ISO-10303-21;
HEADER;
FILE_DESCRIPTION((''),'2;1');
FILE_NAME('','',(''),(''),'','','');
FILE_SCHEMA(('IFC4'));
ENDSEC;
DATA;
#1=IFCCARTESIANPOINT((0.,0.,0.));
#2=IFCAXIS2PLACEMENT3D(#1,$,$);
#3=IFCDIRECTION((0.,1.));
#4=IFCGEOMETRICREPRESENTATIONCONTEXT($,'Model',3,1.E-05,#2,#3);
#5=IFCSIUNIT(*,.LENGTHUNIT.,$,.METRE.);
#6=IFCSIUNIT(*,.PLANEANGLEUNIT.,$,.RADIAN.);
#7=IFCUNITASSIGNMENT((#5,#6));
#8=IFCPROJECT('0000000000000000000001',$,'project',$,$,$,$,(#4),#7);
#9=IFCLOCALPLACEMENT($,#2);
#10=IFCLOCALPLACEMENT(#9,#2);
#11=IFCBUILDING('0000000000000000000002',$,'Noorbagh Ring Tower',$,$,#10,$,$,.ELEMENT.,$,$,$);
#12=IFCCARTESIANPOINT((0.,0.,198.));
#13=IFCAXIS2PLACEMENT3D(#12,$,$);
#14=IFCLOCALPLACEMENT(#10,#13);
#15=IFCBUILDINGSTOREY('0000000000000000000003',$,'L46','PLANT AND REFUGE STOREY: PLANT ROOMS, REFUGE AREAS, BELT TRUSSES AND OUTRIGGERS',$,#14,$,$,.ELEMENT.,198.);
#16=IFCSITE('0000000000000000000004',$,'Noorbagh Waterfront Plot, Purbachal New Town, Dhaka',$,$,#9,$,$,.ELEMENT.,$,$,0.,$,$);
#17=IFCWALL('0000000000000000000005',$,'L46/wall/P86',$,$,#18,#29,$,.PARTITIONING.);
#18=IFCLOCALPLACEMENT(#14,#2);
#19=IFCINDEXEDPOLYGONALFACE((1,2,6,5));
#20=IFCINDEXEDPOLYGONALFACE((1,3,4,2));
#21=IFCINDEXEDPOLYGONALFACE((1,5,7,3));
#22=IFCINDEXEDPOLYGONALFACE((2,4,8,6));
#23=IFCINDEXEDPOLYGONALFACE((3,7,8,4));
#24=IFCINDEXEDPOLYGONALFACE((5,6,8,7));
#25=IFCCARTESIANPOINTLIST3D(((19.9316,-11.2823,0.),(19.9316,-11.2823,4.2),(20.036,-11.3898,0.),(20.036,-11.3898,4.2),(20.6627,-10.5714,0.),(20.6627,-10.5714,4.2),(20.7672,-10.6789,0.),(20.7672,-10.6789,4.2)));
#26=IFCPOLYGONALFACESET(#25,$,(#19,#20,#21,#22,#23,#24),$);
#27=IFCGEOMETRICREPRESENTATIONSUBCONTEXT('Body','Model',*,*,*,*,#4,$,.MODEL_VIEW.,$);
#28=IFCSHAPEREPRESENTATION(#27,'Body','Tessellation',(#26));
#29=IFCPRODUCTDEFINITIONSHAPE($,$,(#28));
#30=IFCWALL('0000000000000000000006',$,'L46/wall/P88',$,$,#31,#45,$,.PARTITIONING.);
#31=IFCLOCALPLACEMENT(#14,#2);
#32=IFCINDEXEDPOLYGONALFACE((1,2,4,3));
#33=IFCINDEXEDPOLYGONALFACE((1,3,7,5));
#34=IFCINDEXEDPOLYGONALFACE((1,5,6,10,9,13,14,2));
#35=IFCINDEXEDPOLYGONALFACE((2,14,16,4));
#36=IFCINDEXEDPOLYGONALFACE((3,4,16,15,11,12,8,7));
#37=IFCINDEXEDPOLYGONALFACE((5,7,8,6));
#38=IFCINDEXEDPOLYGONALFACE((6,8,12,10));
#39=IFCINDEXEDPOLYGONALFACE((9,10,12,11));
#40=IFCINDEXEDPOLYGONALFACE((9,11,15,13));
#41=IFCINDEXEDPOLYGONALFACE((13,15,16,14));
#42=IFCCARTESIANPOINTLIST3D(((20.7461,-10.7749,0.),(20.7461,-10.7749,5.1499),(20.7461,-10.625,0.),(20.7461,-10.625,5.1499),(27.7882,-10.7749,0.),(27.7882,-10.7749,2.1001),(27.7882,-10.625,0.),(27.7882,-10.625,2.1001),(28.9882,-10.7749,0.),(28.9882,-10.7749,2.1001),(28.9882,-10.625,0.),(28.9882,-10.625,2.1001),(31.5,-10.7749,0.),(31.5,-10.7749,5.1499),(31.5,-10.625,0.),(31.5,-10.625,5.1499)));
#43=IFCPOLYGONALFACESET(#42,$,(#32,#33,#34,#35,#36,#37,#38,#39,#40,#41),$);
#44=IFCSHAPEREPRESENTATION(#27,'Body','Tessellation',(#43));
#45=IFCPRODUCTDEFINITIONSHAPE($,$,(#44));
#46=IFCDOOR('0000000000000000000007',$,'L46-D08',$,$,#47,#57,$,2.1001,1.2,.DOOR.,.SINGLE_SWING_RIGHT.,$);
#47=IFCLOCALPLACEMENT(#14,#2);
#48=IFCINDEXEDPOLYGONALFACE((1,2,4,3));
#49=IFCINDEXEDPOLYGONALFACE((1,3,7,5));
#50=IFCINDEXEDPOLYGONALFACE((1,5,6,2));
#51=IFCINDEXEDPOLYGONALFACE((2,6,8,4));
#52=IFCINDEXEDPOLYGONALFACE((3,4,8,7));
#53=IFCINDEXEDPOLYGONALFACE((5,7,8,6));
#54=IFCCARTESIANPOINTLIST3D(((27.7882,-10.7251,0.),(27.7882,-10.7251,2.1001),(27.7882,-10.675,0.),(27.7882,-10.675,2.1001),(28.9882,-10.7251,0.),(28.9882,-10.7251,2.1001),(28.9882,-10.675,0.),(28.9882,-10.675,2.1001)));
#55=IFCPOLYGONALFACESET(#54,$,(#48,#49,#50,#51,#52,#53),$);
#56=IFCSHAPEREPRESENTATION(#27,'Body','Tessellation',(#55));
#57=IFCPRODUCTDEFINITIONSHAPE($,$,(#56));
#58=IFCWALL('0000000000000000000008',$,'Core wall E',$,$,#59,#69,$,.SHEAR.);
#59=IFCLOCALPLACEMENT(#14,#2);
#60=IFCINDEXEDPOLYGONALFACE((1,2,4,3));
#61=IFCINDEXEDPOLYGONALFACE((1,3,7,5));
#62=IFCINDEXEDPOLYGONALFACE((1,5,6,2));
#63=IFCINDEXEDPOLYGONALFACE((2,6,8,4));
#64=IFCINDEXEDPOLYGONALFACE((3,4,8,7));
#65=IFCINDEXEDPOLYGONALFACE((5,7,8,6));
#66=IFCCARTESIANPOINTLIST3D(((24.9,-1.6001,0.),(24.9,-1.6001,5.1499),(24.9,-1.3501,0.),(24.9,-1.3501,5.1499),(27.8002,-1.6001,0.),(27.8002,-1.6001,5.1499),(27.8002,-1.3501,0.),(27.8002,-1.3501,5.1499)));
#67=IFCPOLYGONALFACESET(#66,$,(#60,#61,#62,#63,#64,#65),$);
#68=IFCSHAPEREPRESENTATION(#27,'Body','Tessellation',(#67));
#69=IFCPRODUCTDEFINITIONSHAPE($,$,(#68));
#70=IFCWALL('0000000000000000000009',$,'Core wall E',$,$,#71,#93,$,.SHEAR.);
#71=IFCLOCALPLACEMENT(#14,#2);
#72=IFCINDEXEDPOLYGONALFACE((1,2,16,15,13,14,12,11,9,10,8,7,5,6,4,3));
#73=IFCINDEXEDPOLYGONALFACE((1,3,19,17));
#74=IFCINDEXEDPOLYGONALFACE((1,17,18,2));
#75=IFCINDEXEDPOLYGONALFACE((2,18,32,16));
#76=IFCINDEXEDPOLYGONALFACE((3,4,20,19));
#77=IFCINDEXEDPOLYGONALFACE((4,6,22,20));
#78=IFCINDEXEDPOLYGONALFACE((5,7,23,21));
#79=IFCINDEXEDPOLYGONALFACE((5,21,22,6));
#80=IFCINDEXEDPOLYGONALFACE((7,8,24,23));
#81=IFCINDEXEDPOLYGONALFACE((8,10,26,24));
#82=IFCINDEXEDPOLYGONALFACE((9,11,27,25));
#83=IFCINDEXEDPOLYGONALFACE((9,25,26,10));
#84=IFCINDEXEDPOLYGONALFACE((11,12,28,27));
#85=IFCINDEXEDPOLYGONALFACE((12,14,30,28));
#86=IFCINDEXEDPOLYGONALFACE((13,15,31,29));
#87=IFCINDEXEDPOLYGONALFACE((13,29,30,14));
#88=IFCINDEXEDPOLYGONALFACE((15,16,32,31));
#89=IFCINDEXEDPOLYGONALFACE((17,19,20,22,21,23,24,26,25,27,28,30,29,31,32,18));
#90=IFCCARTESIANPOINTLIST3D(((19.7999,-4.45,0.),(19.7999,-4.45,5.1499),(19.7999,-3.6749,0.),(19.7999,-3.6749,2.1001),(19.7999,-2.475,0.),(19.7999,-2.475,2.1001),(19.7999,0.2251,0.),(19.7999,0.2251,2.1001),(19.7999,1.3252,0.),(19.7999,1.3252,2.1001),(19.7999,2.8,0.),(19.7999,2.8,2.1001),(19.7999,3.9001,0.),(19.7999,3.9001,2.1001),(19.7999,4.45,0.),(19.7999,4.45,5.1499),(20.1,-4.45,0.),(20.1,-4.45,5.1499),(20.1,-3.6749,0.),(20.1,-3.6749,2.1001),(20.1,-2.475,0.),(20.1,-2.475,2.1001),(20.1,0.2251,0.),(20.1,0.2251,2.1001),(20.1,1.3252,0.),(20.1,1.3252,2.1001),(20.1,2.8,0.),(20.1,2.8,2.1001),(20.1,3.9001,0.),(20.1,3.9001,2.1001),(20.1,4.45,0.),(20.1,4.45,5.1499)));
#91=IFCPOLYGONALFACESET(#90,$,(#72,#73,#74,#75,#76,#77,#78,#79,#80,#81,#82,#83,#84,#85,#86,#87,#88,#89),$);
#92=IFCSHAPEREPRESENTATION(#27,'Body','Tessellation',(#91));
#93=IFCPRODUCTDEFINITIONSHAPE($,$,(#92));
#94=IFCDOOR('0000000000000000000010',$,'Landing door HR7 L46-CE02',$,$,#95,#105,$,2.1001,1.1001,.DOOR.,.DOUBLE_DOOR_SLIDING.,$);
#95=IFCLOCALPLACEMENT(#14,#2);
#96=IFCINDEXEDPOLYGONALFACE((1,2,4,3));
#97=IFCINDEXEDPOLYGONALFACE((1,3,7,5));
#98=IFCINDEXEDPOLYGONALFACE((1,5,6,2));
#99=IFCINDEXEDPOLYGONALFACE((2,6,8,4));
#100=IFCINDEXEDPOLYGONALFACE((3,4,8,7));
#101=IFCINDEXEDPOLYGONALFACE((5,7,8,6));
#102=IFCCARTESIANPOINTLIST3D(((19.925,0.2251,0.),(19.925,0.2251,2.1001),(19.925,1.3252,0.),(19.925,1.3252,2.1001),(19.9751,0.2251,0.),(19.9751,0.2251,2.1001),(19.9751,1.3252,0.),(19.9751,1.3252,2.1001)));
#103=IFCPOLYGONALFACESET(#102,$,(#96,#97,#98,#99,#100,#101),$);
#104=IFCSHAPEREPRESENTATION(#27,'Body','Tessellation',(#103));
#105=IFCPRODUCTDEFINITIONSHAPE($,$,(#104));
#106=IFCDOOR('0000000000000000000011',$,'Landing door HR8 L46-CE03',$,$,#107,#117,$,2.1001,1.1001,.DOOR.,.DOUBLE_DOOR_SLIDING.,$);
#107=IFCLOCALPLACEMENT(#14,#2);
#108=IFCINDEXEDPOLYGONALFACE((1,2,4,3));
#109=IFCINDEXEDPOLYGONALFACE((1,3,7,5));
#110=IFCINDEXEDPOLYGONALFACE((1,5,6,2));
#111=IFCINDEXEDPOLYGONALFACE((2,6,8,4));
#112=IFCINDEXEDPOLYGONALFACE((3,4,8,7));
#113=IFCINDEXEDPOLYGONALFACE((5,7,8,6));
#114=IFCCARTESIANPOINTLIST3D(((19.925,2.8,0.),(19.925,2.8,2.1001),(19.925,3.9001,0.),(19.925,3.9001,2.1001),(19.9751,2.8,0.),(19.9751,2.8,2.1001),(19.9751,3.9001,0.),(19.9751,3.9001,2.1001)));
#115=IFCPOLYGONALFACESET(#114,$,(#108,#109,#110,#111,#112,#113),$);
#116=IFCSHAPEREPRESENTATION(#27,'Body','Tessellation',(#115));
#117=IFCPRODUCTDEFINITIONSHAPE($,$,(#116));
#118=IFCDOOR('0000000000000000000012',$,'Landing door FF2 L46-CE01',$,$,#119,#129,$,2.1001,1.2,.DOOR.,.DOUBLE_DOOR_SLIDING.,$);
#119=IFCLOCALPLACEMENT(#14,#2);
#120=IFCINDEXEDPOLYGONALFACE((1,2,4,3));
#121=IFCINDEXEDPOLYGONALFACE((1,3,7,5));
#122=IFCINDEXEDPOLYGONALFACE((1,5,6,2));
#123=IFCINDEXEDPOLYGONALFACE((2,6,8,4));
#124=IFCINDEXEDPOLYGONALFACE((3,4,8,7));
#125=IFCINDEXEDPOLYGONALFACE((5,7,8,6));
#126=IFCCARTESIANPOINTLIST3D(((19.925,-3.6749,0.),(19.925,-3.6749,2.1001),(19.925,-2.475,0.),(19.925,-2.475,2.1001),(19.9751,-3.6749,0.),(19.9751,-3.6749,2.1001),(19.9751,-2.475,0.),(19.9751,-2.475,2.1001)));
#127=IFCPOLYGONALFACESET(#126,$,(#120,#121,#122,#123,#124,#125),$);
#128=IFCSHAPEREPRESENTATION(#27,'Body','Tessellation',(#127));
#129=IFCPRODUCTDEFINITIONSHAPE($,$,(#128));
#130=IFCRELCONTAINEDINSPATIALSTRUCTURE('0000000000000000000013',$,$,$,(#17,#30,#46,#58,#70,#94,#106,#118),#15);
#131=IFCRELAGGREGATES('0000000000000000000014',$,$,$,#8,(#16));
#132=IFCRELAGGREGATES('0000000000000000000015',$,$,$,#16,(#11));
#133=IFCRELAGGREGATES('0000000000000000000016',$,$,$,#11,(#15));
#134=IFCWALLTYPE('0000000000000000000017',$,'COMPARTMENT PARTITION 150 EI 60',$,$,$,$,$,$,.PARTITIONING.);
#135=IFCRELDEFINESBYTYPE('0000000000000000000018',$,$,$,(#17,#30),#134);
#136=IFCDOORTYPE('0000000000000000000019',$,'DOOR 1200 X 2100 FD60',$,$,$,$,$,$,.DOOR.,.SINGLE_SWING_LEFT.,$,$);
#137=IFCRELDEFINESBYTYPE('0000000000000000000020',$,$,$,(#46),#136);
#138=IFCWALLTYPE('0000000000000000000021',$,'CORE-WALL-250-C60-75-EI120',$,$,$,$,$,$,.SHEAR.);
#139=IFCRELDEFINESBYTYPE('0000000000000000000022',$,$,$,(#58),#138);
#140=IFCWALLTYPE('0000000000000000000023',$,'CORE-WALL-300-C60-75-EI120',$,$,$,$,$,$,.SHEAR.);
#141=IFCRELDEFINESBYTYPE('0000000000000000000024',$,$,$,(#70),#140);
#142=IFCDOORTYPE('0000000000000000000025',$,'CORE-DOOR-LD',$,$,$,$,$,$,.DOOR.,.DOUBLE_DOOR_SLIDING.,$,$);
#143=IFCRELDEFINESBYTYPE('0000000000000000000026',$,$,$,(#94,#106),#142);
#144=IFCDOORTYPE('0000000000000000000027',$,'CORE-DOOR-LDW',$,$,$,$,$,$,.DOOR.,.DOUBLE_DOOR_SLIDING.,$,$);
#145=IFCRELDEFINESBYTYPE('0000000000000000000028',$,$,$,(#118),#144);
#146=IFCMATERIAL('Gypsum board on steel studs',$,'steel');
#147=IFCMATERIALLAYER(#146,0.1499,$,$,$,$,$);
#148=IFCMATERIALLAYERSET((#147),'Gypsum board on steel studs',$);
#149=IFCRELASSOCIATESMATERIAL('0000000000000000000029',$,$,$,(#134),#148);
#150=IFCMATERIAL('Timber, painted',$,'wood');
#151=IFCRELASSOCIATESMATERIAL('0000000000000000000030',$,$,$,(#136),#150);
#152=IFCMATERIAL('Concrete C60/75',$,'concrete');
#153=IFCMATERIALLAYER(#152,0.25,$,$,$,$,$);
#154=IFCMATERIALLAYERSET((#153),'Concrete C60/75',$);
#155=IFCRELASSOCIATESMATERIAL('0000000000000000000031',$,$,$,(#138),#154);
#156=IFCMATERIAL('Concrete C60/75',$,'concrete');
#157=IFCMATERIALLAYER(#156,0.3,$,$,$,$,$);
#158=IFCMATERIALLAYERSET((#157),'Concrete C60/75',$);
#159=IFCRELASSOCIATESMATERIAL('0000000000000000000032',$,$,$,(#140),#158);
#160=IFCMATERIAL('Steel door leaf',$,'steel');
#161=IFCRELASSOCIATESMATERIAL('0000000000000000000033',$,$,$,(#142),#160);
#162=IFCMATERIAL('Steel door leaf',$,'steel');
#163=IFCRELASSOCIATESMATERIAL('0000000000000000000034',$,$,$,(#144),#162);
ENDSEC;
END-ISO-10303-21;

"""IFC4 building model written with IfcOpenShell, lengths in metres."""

from ifc_helpers import new_model, si_unit, direction, frame, frame_2d, origin, place, context, subcontext, project, spatial, rectangle, extrude, material, layer, layer_set, type_object, element, fill, save


model = new_model("IFC4")

# Units and contexts
model_context = context("Model", 3, precision=1e-05, world=origin(), true_north=direction((0.0, 1.0)))
body_context = subcontext(model_context, "Body", "Model", "MODEL_VIEW")
ifc_project = project(units=[si_unit("LENGTHUNIT", "METRE"), si_unit("PLANEANGLEUNIT", "RADIAN")], contexts=[model_context])

# Site, building, storey
site_placement = place(None, origin())
site = spatial("IfcSite", under=ifc_project, at=site_placement, Name="Noorbagh Waterfront Plot, Purbachal New Town, Dhaka", CompositionType="ELEMENT", RefElevation=0.0)
building_placement = place(site_placement, origin())
building = spatial("IfcBuilding", under=site, at=building_placement, Name="Noorbagh Ring Tower", CompositionType="ELEMENT")
storey_placement = place(building_placement, frame((0.0, 0.0, 198.0)))
storey = spatial("IfcBuildingStorey", under=building, at=storey_placement, Name="L46", Description="PLANT AND REFUGE STOREY: PLANT ROOMS, REFUGE AREAS, BELT TRUSSES AND OUTRIGGERS", CompositionType="ELEMENT", Elevation=198.0)

# Wall
ifc_material_1 = material(Name="Gypsum board on steel studs", Category="steel")
ifc_layer_1 = layer(ifc_material_1, 0.1499)
ifc_layer_set_1 = layer_set([ifc_layer_1], Name="Gypsum board on steel studs")
wall_type_1 = type_object("IfcWallType", Name="COMPARTMENT PARTITION 150 EI 60", PredefinedType="PARTITIONING", material=ifc_layer_set_1)
wall_1_placement = place(storey_placement, frame((19.9839, -11.3359, 0.0), z_axis=(0.0, 0.0, 1.0), x_axis=(0.716972, 0.697102, 0.0)))
element("IfcWall", 1, at=wall_1_placement, inside=storey, type_object=wall_type_1, Name="L46/wall/P86", PredefinedType="PARTITIONING", context=body_context, shape_type="SweptSolid", body=[
    extrude(rectangle(XDim=1.0198, YDim=0.1499, at=frame_2d((0.5098, 0.0))), origin(), (0.0, 0.0, 1.0), 4.2),
])

# Wall, opening, door
wall_2_placement = place(storey_placement, frame((20.7461, -10.7, 0.0), z_axis=(0.0, 0.0, 1.0), x_axis=(1.0, 0.0, 0.0)))
wall_2 = element("IfcWall", 2, at=wall_2_placement, inside=storey, type_object=wall_type_1, Name="L46/wall/P88", PredefinedType="PARTITIONING", context=body_context, shape_type="SweptSolid", body=[
    extrude(rectangle(XDim=10.7539, YDim=0.1499, at=frame_2d((5.377, 0.0))), origin(), (0.0, 0.0, 1.0), 5.1499),
])
opening_1_placement = place(wall_2_placement, frame((7.042, 0.0, 0.0)))
opening_1 = element("IfcOpeningElement", 3, at=opening_1_placement, cuts=wall_2, PredefinedType="OPENING", context=body_context, shape_type="SweptSolid", body=[
    extrude(rectangle(XDim=1.2, YDim=2.1001, at=frame_2d((0.6001, 1.05))), frame((0.0, 0.085, 0.0), z_axis=(0.0, -1.0, 0.0), x_axis=(1.0, 0.0, 0.0)), (0.0, 0.0, 1.0), 0.1699),
])
ifc_material_2 = material(Name="Timber, painted", Category="wood")
door_type_1 = type_object("IfcDoorType", Name="DOOR 1200 X 2100 FD60", OperationType="SINGLE_SWING_LEFT", PredefinedType="DOOR", material=ifc_material_2)
door_1_placement = place(opening_1_placement, origin())
door_1 = element("IfcDoor", 4, at=door_1_placement, inside=storey, type_object=door_type_1, Name="L46-D08", OperationType="SINGLE_SWING_RIGHT", OverallHeight=2.1001, OverallWidth=1.2, PredefinedType="DOOR", context=body_context, shape_type="SweptSolid", body=[
    extrude(rectangle(XDim=1.2, YDim=2.1001, at=frame_2d((0.6001, 1.05))), frame((0.0, 0.0249, 0.0), z_axis=(0.0, -1.0, 0.0), x_axis=(1.0, 0.0, 0.0)), (0.0, 0.0, 1.0), 0.05),
])
fill(opening_1, door_1)

# Wall
ifc_material_3 = material(Name="Concrete C60/75", Category="concrete")
ifc_layer_2 = layer(ifc_material_3, 0.25)
ifc_layer_set_2 = layer_set([ifc_layer_2], Name="Concrete C60/75")
wall_type_2 = type_object("IfcWallType", Name="CORE-WALL-250-C60-75-EI120", PredefinedType="SHEAR", material=ifc_layer_set_2)
wall_3_placement = place(storey_placement, frame((24.8999, -1.4751, 0.0), z_axis=(0.0, 0.0, 1.0), x_axis=(1.0, 0.0, 0.0)))
element("IfcWall", 5, at=wall_3_placement, inside=storey, type_object=wall_type_2, Name="Core wall E", PredefinedType="SHEAR", context=body_context, shape_type="SweptSolid", body=[
    extrude(rectangle(XDim=2.9001, YDim=0.25, at=frame_2d((1.4502, 0.0))), origin(), (0.0, 0.0, 1.0), 5.1499),
])

# Wall, openings, doors
ifc_material_4 = material(Name="Concrete C60/75", Category="concrete")
ifc_layer_3 = layer(ifc_material_4, 0.3)
ifc_layer_set_3 = layer_set([ifc_layer_3], Name="Concrete C60/75")
wall_type_3 = type_object("IfcWallType", Name="CORE-WALL-300-C60-75-EI120", PredefinedType="SHEAR", material=ifc_layer_set_3)
wall_4_placement = place(storey_placement, frame((19.95, -4.45, 0.0), z_axis=(0.0, 0.0, 1.0), x_axis=(0.0, 1.0, 0.0)))
wall_4 = element("IfcWall", 6, at=wall_4_placement, inside=storey, type_object=wall_type_3, Name="Core wall E", PredefinedType="SHEAR", context=body_context, shape_type="SweptSolid", body=[
    extrude(rectangle(XDim=8.8999, YDim=0.3, at=frame_2d((4.45, 0.0))), origin(), (0.0, 0.0, 1.0), 5.1499),
])
opening_2_placement = place(wall_4_placement, frame((0.7749, 0.0, 0.0)))
opening_2 = element("IfcOpeningElement", 7, at=opening_2_placement, cuts=wall_4, PredefinedType="OPENING", context=body_context, shape_type="SweptSolid", body=[
    extrude(rectangle(XDim=1.2, YDim=2.1001, at=frame_2d((0.6001, 1.05))), frame((0.0, 0.1602, 0.0), z_axis=(0.0, -1.0, 0.0), x_axis=(1.0, 0.0, 0.0)), (0.0, 0.0, 1.0), 0.3201),
])
opening_3_placement = place(wall_4_placement, frame((4.675, 0.0, 0.0)))
opening_3 = element("IfcOpeningElement", 8, at=opening_3_placement, cuts=wall_4, PredefinedType="OPENING", context=body_context, shape_type="SweptSolid", body=[
    extrude(rectangle(XDim=1.1001, YDim=2.1001, at=frame_2d((0.55, 1.05))), frame((0.0, 0.1602, 0.0), z_axis=(0.0, -1.0, 0.0), x_axis=(1.0, 0.0, 0.0)), (0.0, 0.0, 1.0), 0.3201),
])
opening_4_placement = place(wall_4_placement, frame((7.25, 0.0, 0.0)))
opening_4 = element("IfcOpeningElement", 9, at=opening_4_placement, cuts=wall_4, PredefinedType="OPENING", context=body_context, shape_type="SweptSolid", body=[
    extrude(rectangle(XDim=1.1001, YDim=2.1001, at=frame_2d((0.55, 1.05))), frame((0.0, 0.1602, 0.0), z_axis=(0.0, -1.0, 0.0), x_axis=(1.0, 0.0, 0.0)), (0.0, 0.0, 1.0), 0.3201),
])
ifc_material_5 = material(Name="Steel door leaf", Category="steel")
door_type_2 = type_object("IfcDoorType", Name="CORE-DOOR-LD", OperationType="DOUBLE_DOOR_SLIDING", PredefinedType="DOOR", material=ifc_material_5)
door_2_placement = place(opening_3_placement, origin())
door_2 = element("IfcDoor", 10, at=door_2_placement, inside=storey, type_object=door_type_2, Name="Landing door HR7 L46-CE02", OperationType="DOUBLE_DOOR_SLIDING", OverallHeight=2.1001, OverallWidth=1.1001, PredefinedType="DOOR", context=body_context, shape_type="SweptSolid", body=[
    extrude(rectangle(XDim=1.1001, YDim=2.1001, at=frame_2d((0.55, 1.05))), frame((0.0, 0.0249, 0.0), z_axis=(0.0, -1.0, 0.0), x_axis=(1.0, 0.0, 0.0)), (0.0, 0.0, 1.0), 0.05),
])
fill(opening_3, door_2)
door_3_placement = place(opening_4_placement, origin())
door_3 = element("IfcDoor", 11, at=door_3_placement, inside=storey, type_object=door_type_2, Name="Landing door HR8 L46-CE03", OperationType="DOUBLE_DOOR_SLIDING", OverallHeight=2.1001, OverallWidth=1.1001, PredefinedType="DOOR", context=body_context, shape_type="SweptSolid", body=[
    extrude(rectangle(XDim=1.1001, YDim=2.1001, at=frame_2d((0.55, 1.05))), frame((0.0, 0.0249, 0.0), z_axis=(0.0, -1.0, 0.0), x_axis=(1.0, 0.0, 0.0)), (0.0, 0.0, 1.0), 0.05),
])
fill(opening_4, door_3)
ifc_material_6 = material(Name="Steel door leaf", Category="steel")
door_type_3 = type_object("IfcDoorType", Name="CORE-DOOR-LDW", OperationType="DOUBLE_DOOR_SLIDING", PredefinedType="DOOR", material=ifc_material_6)
door_4_placement = place(opening_2_placement, origin())
door_4 = element("IfcDoor", 12, at=door_4_placement, inside=storey, type_object=door_type_3, Name="Landing door FF2 L46-CE01", OperationType="DOUBLE_DOOR_SLIDING", OverallHeight=2.1001, OverallWidth=1.2, PredefinedType="DOOR", context=body_context, shape_type="SweptSolid", body=[
    extrude(rectangle(XDim=1.2, YDim=2.1001, at=frame_2d((0.6001, 1.05))), frame((0.0, 0.0249, 0.0), z_axis=(0.0, -1.0, 0.0), x_axis=(1.0, 0.0, 0.0)), (0.0, 0.0, 1.0), 0.05),
])
fill(opening_2, door_4)

save(model, "model.ifc")
